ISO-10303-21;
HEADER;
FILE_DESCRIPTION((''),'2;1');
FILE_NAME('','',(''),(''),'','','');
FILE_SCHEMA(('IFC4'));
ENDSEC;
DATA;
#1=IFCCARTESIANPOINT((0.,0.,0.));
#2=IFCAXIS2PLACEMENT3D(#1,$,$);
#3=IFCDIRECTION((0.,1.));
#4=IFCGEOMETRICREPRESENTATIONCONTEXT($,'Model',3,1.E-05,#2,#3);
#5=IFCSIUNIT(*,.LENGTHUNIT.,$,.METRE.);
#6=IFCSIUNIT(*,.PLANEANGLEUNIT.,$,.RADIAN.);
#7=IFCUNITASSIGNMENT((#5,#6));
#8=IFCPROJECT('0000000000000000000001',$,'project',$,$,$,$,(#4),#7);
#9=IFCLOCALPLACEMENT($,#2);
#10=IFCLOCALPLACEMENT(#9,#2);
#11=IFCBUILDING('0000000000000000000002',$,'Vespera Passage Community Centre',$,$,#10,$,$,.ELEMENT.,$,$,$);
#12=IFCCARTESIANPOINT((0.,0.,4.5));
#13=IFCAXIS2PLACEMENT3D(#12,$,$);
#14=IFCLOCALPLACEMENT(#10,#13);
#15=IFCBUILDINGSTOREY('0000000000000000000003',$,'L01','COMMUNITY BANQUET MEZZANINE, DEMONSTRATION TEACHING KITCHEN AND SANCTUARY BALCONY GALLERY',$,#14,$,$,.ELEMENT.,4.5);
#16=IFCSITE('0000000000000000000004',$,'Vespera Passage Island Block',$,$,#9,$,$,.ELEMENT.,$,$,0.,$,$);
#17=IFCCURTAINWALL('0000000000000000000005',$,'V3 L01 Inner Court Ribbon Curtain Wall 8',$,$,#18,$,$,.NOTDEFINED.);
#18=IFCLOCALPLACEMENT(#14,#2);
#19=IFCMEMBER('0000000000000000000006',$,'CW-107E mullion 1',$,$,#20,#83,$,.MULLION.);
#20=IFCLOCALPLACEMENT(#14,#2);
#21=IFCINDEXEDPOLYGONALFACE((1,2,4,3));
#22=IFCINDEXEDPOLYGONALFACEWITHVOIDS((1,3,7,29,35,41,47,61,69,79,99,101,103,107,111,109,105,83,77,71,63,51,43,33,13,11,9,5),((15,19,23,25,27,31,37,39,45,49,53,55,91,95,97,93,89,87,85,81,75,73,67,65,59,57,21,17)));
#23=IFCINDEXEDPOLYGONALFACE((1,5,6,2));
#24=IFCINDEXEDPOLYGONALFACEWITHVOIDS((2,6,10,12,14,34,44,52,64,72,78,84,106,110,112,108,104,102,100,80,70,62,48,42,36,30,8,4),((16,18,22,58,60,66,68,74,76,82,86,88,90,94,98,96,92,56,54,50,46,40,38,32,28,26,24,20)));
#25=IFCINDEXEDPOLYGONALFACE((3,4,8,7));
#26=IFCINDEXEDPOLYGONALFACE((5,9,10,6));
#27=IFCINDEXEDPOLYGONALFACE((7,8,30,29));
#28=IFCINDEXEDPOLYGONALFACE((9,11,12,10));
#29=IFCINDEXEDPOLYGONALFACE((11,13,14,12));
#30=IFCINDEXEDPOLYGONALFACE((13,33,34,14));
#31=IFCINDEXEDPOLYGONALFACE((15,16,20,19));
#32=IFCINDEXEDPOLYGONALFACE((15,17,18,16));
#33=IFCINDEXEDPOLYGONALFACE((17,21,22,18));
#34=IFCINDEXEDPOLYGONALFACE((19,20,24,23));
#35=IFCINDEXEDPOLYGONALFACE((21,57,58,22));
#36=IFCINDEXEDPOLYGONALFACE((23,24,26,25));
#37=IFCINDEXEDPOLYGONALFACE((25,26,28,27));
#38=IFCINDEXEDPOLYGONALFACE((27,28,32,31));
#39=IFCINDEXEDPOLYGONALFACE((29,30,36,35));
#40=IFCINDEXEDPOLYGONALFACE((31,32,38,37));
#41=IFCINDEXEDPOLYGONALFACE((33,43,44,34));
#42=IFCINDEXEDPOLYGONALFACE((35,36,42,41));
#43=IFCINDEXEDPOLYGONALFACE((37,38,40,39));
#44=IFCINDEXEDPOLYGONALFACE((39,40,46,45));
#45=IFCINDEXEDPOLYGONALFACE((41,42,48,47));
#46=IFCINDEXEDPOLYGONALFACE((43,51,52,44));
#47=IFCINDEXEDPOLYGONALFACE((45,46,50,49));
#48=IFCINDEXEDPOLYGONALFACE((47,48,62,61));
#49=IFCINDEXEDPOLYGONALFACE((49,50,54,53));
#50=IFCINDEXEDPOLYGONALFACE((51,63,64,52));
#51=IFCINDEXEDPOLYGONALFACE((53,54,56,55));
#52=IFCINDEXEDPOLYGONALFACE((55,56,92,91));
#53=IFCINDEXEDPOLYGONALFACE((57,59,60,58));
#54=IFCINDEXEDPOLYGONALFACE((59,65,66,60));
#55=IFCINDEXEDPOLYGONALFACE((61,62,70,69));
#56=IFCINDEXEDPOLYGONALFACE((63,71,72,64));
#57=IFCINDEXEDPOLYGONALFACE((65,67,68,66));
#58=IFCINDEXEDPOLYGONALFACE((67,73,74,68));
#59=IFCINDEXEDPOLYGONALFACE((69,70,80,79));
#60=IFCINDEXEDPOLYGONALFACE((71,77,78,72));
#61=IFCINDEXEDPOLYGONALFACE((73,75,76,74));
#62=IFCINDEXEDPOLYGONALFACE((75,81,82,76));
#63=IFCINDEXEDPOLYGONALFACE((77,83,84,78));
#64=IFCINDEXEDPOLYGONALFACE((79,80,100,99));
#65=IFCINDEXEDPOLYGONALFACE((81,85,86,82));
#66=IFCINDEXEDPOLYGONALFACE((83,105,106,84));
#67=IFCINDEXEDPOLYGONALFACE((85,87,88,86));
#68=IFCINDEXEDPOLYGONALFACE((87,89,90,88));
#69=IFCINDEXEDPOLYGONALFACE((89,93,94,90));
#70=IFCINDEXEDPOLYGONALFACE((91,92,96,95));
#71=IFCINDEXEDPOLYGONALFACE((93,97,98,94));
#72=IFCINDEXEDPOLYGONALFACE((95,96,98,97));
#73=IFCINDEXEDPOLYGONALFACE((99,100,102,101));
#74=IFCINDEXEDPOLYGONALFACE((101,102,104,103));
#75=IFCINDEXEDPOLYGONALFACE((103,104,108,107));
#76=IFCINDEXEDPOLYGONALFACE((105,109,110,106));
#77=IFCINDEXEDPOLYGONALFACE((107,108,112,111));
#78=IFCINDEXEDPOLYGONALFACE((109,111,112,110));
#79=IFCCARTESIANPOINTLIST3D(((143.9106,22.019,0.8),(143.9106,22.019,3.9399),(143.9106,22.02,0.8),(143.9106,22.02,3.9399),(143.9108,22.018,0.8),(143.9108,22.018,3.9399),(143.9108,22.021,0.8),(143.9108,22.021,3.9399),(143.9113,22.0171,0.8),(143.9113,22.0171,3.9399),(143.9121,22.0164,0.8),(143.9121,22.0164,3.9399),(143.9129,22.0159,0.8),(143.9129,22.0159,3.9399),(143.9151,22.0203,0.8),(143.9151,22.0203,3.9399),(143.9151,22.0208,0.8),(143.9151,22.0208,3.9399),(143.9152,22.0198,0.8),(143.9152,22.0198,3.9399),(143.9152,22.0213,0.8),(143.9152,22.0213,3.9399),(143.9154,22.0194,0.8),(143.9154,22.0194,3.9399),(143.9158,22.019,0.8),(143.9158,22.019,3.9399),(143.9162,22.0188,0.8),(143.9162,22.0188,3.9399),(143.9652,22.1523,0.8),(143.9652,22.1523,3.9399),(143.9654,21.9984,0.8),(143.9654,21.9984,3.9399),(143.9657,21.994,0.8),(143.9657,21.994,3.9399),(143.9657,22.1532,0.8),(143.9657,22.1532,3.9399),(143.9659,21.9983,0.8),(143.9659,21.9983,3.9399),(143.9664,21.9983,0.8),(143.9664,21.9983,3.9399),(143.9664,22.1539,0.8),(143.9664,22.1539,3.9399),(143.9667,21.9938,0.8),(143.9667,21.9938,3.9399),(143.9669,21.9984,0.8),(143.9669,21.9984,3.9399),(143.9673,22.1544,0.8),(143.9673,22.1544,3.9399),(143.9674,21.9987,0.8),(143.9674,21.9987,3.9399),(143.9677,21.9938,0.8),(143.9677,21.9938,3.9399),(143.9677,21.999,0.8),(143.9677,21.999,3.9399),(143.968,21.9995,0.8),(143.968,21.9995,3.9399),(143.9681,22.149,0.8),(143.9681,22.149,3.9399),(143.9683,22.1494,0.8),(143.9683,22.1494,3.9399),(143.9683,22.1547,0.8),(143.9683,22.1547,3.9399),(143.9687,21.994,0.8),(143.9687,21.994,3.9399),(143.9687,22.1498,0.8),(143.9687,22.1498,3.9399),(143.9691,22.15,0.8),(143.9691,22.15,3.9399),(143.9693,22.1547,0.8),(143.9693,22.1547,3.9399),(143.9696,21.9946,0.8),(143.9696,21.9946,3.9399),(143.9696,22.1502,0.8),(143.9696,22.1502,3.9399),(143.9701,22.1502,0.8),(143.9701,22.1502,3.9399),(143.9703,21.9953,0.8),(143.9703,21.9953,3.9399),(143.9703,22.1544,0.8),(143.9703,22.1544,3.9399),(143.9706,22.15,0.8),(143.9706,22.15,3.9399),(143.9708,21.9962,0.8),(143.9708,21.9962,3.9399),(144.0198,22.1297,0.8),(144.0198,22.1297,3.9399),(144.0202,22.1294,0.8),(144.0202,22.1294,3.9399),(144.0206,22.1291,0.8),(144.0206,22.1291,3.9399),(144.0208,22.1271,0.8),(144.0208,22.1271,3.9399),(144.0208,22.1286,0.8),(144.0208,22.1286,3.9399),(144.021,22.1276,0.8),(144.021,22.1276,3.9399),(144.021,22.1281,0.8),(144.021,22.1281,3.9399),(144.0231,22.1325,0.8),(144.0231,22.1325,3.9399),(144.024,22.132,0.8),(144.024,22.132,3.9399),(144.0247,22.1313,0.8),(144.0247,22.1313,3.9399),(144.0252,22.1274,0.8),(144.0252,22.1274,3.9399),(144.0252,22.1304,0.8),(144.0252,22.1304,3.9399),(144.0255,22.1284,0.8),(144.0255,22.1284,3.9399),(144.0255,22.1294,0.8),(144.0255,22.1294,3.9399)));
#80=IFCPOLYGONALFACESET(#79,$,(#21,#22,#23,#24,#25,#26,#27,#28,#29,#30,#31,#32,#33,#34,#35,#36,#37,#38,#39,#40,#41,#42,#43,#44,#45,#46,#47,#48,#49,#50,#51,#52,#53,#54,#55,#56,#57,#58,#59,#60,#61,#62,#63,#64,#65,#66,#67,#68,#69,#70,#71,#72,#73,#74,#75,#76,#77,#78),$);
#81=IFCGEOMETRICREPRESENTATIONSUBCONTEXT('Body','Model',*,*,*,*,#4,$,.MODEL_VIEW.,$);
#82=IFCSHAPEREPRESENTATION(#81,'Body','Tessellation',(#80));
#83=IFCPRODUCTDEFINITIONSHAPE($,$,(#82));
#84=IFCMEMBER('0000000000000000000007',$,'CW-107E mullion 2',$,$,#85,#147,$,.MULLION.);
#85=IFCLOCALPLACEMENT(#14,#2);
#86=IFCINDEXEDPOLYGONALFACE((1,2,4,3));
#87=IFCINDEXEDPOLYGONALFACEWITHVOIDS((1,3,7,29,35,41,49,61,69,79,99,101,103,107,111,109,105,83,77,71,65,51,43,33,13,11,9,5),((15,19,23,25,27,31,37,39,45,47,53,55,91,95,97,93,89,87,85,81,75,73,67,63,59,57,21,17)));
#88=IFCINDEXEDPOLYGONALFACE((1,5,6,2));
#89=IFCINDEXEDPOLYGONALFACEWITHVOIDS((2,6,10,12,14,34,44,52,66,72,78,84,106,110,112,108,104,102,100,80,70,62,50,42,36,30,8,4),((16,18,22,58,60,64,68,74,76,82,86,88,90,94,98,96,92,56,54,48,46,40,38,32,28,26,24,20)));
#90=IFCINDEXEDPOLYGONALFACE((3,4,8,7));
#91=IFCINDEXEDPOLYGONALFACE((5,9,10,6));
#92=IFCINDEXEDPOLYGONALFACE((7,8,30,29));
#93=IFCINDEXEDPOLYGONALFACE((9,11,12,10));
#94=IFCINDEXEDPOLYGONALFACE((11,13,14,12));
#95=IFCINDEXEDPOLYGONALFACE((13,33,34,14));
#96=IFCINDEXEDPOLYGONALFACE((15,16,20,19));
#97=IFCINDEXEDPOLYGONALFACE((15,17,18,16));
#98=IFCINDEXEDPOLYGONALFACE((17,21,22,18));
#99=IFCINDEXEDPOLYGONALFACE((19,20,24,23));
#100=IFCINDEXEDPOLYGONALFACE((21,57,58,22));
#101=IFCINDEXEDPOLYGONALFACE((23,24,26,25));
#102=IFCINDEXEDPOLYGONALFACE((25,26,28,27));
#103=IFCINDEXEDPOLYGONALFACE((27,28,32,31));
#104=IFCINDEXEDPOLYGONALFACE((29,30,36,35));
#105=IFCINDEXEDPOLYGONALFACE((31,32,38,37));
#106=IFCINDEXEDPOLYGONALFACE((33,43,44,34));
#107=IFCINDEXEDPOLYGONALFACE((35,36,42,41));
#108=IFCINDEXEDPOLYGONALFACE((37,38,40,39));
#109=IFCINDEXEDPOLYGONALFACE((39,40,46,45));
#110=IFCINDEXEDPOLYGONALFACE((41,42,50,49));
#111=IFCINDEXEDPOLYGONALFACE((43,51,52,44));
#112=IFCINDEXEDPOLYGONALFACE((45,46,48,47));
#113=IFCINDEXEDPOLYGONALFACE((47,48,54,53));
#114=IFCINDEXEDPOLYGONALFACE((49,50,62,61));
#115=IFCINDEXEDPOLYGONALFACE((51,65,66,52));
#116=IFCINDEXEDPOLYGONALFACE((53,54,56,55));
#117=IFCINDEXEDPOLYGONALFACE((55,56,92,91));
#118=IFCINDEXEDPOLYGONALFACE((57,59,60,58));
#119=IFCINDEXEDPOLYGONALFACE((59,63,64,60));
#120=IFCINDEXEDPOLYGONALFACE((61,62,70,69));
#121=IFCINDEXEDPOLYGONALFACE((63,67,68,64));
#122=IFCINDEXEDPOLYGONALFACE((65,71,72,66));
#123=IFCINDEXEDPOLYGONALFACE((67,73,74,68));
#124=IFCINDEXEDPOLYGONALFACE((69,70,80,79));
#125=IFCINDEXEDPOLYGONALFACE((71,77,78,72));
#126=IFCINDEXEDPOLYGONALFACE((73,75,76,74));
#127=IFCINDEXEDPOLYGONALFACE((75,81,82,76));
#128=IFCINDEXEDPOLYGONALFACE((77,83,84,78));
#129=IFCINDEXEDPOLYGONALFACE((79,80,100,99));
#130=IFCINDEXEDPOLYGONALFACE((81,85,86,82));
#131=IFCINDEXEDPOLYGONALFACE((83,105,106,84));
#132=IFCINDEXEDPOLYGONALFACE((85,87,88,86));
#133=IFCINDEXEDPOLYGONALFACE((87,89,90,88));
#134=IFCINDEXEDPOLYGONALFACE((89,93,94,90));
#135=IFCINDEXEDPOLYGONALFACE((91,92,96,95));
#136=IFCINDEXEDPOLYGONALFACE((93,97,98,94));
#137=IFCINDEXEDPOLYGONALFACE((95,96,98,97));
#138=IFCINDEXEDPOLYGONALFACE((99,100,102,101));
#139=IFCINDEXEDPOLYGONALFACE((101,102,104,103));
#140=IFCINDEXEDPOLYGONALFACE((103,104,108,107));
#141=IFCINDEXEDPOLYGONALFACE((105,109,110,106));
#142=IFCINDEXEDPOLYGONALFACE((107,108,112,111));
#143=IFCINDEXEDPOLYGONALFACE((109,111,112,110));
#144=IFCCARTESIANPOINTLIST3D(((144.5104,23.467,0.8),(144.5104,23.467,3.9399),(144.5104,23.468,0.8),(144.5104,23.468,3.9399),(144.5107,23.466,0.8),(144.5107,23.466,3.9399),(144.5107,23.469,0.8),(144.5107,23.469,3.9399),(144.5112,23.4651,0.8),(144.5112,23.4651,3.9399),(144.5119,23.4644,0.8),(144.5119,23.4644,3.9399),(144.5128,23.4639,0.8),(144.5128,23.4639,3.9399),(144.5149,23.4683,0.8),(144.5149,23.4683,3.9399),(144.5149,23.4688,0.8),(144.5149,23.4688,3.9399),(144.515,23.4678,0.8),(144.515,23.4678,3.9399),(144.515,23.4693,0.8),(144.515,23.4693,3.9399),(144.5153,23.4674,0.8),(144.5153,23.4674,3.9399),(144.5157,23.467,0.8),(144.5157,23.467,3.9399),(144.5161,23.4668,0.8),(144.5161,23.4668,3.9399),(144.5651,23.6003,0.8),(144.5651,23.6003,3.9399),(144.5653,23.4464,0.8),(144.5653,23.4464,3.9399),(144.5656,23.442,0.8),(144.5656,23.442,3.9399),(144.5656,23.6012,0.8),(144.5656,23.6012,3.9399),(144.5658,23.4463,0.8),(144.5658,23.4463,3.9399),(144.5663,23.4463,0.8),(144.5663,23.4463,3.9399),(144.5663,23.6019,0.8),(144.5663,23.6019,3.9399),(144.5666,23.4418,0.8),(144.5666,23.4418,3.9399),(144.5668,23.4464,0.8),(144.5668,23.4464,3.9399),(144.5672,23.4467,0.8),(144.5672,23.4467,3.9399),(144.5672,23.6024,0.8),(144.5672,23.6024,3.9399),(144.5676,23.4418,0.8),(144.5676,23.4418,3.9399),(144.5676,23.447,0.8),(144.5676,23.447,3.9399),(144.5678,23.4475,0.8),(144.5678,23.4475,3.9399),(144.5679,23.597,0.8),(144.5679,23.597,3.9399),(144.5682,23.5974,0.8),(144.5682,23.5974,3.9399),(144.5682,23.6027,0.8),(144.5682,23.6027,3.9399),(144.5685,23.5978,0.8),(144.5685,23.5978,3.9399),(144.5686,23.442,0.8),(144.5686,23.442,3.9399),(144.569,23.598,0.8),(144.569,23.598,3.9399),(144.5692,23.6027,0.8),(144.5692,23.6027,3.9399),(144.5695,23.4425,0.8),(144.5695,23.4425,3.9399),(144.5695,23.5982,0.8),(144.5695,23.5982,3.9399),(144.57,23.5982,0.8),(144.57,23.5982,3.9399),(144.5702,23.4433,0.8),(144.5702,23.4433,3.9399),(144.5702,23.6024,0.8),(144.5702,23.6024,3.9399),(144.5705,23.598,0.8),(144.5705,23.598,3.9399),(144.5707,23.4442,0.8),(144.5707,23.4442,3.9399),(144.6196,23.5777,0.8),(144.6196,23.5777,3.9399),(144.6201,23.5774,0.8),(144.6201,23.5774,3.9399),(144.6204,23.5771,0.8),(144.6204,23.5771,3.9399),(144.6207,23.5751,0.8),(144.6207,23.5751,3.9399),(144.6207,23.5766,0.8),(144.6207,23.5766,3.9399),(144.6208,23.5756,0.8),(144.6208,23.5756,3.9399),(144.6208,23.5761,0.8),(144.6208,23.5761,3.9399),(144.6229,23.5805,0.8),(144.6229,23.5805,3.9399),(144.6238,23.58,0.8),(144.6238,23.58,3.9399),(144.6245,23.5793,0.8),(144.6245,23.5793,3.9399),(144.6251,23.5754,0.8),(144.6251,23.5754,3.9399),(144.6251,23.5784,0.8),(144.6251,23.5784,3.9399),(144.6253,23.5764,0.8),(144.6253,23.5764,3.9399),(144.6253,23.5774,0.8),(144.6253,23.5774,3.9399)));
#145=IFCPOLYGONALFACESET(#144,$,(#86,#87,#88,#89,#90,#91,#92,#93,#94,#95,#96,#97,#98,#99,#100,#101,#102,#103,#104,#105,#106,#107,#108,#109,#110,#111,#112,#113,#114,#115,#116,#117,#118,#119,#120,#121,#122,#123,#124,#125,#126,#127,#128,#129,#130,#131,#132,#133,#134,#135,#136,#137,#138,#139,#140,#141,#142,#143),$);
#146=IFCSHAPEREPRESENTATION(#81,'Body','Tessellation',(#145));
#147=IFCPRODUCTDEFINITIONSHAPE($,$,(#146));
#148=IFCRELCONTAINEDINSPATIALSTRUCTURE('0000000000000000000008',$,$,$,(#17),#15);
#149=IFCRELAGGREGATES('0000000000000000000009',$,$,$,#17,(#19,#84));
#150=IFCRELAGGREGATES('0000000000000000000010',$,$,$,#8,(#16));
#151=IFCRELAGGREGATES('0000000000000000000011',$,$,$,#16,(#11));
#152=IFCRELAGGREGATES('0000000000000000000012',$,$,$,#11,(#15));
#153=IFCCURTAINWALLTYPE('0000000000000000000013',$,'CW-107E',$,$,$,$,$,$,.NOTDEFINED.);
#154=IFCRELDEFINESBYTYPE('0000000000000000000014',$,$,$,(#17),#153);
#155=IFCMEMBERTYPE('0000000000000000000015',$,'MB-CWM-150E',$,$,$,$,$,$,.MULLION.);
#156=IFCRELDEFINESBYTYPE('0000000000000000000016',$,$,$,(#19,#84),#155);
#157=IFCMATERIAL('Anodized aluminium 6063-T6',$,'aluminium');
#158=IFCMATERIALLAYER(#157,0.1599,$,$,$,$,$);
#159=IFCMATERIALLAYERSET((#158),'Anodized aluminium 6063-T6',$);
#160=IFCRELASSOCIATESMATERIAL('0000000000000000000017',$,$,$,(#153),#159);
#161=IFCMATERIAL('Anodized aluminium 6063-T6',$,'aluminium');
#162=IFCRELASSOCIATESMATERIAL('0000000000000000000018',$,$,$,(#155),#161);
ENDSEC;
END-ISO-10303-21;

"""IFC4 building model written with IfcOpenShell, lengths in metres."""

from ifc_helpers import new_model, si_unit, direction, frame, origin, origin_2d, place, context, subcontext, project, spatial, hollow_rectangle, extrude, material, layer, layer_set, material_profile, profile_set, type_object, element, aggregate, save


model = new_model("IFC4")

# Units and contexts
model_context = context("Model", 3, precision=1e-05, world=origin(), true_north=direction((0.0, 1.0)))
body_context = subcontext(model_context, "Body", "Model", "MODEL_VIEW")
ifc_project = project(units=[si_unit("LENGTHUNIT", "METRE"), si_unit("PLANEANGLEUNIT", "RADIAN")], contexts=[model_context])

# Site, building, storey
site_placement = place(None, origin())
site = spatial("IfcSite", under=ifc_project, at=site_placement, Name="Vespera Passage Island Block", CompositionType="ELEMENT", RefElevation=0.0)
building_placement = place(site_placement, origin())
building = spatial("IfcBuilding", under=site, at=building_placement, Name="Vespera Passage Community Centre", CompositionType="ELEMENT")
storey_placement = place(building_placement, frame((0.0, 0.0, 4.5)))
storey = spatial("IfcBuildingStorey", under=building, at=storey_placement, Name="L01", Description="COMMUNITY BANQUET MEZZANINE, DEMONSTRATION TEACHING KITCHEN AND SANCTUARY BALCONY GALLERY", CompositionType="ELEMENT", Elevation=4.5)

# Shared definitions
ifc_material_1 = material(Name="Anodized aluminium 6063-T6", Category="aluminium")
ifc_layer_1 = layer(ifc_material_1, 0.1599)
ifc_layer_set_1 = layer_set([ifc_layer_1], Name="Anodized aluminium 6063-T6")
curtain_wall_type = type_object("IfcCurtainWallType", Name="CW-107E", PredefinedType="NOTDEFINED", material=ifc_layer_set_1)
ifc_material_2 = material(Name="Anodized aluminium 6063-T6", Category="aluminium")
ifc_material_profile_1 = material_profile(ifc_material_2, hollow_rectangle(XDim=0.0649, YDim=0.1499, WallThickness=0.0039, InnerFilletRadius=0.002, OuterFilletRadius=0.0039, at=origin_2d()), Name="ALU150X65X4")
ifc_profile_set_1 = profile_set([ifc_material_profile_1], Name="Anodized aluminium 6063-T6")
member_type_1 = type_object("IfcMemberType", Name="MB-CWM-150E", PredefinedType="MULLION", material=ifc_profile_set_1)

# Curtain wall, members
curtain_wall_1_placement = place(storey_placement, origin())
curtain_wall_1 = element("IfcCurtainWall", 1, at=curtain_wall_1_placement, inside=storey, type_object=curtain_wall_type, Name="V3 L01 Inner Court Ribbon Curtain Wall 8", PredefinedType="NOTDEFINED")
member_1_placement = place(storey_placement, frame((143.968, 22.0742, 0.8), z_axis=(0.0, 0.0, 1.0), x_axis=(-0.923879, 0.382686, 0.0)))
member_1 = element("IfcMember", 2, at=member_1_placement, type_object=member_type_1, Name="CW-107E mullion 1", PredefinedType="MULLION", context=body_context, shape_type="SweptSolid", body=[
    extrude(hollow_rectangle(XDim=0.0649, YDim=0.1499, WallThickness=0.0039, InnerFilletRadius=0.002, OuterFilletRadius=0.0039, at=origin_2d()), origin(), (0.0, 0.0, 1.0), 3.1399),
])
member_2_placement = place(storey_placement, frame((144.5679, 23.5222, 0.8), z_axis=(0.0, 0.0, 1.0), x_axis=(-0.923879, 0.382686, 0.0)))
member_2 = element("IfcMember", 3, at=member_2_placement, type_object=member_type_1, Name="CW-107E mullion 2", PredefinedType="MULLION", context=body_context, shape_type="SweptSolid", body=[
    extrude(hollow_rectangle(XDim=0.0649, YDim=0.1499, WallThickness=0.0039, InnerFilletRadius=0.002, OuterFilletRadius=0.0039, at=origin_2d()), origin(), (0.0, 0.0, 1.0), 3.1399),
])

aggregate(curtain_wall_1, [member_1, member_2])

save(model, "model.ifc")
